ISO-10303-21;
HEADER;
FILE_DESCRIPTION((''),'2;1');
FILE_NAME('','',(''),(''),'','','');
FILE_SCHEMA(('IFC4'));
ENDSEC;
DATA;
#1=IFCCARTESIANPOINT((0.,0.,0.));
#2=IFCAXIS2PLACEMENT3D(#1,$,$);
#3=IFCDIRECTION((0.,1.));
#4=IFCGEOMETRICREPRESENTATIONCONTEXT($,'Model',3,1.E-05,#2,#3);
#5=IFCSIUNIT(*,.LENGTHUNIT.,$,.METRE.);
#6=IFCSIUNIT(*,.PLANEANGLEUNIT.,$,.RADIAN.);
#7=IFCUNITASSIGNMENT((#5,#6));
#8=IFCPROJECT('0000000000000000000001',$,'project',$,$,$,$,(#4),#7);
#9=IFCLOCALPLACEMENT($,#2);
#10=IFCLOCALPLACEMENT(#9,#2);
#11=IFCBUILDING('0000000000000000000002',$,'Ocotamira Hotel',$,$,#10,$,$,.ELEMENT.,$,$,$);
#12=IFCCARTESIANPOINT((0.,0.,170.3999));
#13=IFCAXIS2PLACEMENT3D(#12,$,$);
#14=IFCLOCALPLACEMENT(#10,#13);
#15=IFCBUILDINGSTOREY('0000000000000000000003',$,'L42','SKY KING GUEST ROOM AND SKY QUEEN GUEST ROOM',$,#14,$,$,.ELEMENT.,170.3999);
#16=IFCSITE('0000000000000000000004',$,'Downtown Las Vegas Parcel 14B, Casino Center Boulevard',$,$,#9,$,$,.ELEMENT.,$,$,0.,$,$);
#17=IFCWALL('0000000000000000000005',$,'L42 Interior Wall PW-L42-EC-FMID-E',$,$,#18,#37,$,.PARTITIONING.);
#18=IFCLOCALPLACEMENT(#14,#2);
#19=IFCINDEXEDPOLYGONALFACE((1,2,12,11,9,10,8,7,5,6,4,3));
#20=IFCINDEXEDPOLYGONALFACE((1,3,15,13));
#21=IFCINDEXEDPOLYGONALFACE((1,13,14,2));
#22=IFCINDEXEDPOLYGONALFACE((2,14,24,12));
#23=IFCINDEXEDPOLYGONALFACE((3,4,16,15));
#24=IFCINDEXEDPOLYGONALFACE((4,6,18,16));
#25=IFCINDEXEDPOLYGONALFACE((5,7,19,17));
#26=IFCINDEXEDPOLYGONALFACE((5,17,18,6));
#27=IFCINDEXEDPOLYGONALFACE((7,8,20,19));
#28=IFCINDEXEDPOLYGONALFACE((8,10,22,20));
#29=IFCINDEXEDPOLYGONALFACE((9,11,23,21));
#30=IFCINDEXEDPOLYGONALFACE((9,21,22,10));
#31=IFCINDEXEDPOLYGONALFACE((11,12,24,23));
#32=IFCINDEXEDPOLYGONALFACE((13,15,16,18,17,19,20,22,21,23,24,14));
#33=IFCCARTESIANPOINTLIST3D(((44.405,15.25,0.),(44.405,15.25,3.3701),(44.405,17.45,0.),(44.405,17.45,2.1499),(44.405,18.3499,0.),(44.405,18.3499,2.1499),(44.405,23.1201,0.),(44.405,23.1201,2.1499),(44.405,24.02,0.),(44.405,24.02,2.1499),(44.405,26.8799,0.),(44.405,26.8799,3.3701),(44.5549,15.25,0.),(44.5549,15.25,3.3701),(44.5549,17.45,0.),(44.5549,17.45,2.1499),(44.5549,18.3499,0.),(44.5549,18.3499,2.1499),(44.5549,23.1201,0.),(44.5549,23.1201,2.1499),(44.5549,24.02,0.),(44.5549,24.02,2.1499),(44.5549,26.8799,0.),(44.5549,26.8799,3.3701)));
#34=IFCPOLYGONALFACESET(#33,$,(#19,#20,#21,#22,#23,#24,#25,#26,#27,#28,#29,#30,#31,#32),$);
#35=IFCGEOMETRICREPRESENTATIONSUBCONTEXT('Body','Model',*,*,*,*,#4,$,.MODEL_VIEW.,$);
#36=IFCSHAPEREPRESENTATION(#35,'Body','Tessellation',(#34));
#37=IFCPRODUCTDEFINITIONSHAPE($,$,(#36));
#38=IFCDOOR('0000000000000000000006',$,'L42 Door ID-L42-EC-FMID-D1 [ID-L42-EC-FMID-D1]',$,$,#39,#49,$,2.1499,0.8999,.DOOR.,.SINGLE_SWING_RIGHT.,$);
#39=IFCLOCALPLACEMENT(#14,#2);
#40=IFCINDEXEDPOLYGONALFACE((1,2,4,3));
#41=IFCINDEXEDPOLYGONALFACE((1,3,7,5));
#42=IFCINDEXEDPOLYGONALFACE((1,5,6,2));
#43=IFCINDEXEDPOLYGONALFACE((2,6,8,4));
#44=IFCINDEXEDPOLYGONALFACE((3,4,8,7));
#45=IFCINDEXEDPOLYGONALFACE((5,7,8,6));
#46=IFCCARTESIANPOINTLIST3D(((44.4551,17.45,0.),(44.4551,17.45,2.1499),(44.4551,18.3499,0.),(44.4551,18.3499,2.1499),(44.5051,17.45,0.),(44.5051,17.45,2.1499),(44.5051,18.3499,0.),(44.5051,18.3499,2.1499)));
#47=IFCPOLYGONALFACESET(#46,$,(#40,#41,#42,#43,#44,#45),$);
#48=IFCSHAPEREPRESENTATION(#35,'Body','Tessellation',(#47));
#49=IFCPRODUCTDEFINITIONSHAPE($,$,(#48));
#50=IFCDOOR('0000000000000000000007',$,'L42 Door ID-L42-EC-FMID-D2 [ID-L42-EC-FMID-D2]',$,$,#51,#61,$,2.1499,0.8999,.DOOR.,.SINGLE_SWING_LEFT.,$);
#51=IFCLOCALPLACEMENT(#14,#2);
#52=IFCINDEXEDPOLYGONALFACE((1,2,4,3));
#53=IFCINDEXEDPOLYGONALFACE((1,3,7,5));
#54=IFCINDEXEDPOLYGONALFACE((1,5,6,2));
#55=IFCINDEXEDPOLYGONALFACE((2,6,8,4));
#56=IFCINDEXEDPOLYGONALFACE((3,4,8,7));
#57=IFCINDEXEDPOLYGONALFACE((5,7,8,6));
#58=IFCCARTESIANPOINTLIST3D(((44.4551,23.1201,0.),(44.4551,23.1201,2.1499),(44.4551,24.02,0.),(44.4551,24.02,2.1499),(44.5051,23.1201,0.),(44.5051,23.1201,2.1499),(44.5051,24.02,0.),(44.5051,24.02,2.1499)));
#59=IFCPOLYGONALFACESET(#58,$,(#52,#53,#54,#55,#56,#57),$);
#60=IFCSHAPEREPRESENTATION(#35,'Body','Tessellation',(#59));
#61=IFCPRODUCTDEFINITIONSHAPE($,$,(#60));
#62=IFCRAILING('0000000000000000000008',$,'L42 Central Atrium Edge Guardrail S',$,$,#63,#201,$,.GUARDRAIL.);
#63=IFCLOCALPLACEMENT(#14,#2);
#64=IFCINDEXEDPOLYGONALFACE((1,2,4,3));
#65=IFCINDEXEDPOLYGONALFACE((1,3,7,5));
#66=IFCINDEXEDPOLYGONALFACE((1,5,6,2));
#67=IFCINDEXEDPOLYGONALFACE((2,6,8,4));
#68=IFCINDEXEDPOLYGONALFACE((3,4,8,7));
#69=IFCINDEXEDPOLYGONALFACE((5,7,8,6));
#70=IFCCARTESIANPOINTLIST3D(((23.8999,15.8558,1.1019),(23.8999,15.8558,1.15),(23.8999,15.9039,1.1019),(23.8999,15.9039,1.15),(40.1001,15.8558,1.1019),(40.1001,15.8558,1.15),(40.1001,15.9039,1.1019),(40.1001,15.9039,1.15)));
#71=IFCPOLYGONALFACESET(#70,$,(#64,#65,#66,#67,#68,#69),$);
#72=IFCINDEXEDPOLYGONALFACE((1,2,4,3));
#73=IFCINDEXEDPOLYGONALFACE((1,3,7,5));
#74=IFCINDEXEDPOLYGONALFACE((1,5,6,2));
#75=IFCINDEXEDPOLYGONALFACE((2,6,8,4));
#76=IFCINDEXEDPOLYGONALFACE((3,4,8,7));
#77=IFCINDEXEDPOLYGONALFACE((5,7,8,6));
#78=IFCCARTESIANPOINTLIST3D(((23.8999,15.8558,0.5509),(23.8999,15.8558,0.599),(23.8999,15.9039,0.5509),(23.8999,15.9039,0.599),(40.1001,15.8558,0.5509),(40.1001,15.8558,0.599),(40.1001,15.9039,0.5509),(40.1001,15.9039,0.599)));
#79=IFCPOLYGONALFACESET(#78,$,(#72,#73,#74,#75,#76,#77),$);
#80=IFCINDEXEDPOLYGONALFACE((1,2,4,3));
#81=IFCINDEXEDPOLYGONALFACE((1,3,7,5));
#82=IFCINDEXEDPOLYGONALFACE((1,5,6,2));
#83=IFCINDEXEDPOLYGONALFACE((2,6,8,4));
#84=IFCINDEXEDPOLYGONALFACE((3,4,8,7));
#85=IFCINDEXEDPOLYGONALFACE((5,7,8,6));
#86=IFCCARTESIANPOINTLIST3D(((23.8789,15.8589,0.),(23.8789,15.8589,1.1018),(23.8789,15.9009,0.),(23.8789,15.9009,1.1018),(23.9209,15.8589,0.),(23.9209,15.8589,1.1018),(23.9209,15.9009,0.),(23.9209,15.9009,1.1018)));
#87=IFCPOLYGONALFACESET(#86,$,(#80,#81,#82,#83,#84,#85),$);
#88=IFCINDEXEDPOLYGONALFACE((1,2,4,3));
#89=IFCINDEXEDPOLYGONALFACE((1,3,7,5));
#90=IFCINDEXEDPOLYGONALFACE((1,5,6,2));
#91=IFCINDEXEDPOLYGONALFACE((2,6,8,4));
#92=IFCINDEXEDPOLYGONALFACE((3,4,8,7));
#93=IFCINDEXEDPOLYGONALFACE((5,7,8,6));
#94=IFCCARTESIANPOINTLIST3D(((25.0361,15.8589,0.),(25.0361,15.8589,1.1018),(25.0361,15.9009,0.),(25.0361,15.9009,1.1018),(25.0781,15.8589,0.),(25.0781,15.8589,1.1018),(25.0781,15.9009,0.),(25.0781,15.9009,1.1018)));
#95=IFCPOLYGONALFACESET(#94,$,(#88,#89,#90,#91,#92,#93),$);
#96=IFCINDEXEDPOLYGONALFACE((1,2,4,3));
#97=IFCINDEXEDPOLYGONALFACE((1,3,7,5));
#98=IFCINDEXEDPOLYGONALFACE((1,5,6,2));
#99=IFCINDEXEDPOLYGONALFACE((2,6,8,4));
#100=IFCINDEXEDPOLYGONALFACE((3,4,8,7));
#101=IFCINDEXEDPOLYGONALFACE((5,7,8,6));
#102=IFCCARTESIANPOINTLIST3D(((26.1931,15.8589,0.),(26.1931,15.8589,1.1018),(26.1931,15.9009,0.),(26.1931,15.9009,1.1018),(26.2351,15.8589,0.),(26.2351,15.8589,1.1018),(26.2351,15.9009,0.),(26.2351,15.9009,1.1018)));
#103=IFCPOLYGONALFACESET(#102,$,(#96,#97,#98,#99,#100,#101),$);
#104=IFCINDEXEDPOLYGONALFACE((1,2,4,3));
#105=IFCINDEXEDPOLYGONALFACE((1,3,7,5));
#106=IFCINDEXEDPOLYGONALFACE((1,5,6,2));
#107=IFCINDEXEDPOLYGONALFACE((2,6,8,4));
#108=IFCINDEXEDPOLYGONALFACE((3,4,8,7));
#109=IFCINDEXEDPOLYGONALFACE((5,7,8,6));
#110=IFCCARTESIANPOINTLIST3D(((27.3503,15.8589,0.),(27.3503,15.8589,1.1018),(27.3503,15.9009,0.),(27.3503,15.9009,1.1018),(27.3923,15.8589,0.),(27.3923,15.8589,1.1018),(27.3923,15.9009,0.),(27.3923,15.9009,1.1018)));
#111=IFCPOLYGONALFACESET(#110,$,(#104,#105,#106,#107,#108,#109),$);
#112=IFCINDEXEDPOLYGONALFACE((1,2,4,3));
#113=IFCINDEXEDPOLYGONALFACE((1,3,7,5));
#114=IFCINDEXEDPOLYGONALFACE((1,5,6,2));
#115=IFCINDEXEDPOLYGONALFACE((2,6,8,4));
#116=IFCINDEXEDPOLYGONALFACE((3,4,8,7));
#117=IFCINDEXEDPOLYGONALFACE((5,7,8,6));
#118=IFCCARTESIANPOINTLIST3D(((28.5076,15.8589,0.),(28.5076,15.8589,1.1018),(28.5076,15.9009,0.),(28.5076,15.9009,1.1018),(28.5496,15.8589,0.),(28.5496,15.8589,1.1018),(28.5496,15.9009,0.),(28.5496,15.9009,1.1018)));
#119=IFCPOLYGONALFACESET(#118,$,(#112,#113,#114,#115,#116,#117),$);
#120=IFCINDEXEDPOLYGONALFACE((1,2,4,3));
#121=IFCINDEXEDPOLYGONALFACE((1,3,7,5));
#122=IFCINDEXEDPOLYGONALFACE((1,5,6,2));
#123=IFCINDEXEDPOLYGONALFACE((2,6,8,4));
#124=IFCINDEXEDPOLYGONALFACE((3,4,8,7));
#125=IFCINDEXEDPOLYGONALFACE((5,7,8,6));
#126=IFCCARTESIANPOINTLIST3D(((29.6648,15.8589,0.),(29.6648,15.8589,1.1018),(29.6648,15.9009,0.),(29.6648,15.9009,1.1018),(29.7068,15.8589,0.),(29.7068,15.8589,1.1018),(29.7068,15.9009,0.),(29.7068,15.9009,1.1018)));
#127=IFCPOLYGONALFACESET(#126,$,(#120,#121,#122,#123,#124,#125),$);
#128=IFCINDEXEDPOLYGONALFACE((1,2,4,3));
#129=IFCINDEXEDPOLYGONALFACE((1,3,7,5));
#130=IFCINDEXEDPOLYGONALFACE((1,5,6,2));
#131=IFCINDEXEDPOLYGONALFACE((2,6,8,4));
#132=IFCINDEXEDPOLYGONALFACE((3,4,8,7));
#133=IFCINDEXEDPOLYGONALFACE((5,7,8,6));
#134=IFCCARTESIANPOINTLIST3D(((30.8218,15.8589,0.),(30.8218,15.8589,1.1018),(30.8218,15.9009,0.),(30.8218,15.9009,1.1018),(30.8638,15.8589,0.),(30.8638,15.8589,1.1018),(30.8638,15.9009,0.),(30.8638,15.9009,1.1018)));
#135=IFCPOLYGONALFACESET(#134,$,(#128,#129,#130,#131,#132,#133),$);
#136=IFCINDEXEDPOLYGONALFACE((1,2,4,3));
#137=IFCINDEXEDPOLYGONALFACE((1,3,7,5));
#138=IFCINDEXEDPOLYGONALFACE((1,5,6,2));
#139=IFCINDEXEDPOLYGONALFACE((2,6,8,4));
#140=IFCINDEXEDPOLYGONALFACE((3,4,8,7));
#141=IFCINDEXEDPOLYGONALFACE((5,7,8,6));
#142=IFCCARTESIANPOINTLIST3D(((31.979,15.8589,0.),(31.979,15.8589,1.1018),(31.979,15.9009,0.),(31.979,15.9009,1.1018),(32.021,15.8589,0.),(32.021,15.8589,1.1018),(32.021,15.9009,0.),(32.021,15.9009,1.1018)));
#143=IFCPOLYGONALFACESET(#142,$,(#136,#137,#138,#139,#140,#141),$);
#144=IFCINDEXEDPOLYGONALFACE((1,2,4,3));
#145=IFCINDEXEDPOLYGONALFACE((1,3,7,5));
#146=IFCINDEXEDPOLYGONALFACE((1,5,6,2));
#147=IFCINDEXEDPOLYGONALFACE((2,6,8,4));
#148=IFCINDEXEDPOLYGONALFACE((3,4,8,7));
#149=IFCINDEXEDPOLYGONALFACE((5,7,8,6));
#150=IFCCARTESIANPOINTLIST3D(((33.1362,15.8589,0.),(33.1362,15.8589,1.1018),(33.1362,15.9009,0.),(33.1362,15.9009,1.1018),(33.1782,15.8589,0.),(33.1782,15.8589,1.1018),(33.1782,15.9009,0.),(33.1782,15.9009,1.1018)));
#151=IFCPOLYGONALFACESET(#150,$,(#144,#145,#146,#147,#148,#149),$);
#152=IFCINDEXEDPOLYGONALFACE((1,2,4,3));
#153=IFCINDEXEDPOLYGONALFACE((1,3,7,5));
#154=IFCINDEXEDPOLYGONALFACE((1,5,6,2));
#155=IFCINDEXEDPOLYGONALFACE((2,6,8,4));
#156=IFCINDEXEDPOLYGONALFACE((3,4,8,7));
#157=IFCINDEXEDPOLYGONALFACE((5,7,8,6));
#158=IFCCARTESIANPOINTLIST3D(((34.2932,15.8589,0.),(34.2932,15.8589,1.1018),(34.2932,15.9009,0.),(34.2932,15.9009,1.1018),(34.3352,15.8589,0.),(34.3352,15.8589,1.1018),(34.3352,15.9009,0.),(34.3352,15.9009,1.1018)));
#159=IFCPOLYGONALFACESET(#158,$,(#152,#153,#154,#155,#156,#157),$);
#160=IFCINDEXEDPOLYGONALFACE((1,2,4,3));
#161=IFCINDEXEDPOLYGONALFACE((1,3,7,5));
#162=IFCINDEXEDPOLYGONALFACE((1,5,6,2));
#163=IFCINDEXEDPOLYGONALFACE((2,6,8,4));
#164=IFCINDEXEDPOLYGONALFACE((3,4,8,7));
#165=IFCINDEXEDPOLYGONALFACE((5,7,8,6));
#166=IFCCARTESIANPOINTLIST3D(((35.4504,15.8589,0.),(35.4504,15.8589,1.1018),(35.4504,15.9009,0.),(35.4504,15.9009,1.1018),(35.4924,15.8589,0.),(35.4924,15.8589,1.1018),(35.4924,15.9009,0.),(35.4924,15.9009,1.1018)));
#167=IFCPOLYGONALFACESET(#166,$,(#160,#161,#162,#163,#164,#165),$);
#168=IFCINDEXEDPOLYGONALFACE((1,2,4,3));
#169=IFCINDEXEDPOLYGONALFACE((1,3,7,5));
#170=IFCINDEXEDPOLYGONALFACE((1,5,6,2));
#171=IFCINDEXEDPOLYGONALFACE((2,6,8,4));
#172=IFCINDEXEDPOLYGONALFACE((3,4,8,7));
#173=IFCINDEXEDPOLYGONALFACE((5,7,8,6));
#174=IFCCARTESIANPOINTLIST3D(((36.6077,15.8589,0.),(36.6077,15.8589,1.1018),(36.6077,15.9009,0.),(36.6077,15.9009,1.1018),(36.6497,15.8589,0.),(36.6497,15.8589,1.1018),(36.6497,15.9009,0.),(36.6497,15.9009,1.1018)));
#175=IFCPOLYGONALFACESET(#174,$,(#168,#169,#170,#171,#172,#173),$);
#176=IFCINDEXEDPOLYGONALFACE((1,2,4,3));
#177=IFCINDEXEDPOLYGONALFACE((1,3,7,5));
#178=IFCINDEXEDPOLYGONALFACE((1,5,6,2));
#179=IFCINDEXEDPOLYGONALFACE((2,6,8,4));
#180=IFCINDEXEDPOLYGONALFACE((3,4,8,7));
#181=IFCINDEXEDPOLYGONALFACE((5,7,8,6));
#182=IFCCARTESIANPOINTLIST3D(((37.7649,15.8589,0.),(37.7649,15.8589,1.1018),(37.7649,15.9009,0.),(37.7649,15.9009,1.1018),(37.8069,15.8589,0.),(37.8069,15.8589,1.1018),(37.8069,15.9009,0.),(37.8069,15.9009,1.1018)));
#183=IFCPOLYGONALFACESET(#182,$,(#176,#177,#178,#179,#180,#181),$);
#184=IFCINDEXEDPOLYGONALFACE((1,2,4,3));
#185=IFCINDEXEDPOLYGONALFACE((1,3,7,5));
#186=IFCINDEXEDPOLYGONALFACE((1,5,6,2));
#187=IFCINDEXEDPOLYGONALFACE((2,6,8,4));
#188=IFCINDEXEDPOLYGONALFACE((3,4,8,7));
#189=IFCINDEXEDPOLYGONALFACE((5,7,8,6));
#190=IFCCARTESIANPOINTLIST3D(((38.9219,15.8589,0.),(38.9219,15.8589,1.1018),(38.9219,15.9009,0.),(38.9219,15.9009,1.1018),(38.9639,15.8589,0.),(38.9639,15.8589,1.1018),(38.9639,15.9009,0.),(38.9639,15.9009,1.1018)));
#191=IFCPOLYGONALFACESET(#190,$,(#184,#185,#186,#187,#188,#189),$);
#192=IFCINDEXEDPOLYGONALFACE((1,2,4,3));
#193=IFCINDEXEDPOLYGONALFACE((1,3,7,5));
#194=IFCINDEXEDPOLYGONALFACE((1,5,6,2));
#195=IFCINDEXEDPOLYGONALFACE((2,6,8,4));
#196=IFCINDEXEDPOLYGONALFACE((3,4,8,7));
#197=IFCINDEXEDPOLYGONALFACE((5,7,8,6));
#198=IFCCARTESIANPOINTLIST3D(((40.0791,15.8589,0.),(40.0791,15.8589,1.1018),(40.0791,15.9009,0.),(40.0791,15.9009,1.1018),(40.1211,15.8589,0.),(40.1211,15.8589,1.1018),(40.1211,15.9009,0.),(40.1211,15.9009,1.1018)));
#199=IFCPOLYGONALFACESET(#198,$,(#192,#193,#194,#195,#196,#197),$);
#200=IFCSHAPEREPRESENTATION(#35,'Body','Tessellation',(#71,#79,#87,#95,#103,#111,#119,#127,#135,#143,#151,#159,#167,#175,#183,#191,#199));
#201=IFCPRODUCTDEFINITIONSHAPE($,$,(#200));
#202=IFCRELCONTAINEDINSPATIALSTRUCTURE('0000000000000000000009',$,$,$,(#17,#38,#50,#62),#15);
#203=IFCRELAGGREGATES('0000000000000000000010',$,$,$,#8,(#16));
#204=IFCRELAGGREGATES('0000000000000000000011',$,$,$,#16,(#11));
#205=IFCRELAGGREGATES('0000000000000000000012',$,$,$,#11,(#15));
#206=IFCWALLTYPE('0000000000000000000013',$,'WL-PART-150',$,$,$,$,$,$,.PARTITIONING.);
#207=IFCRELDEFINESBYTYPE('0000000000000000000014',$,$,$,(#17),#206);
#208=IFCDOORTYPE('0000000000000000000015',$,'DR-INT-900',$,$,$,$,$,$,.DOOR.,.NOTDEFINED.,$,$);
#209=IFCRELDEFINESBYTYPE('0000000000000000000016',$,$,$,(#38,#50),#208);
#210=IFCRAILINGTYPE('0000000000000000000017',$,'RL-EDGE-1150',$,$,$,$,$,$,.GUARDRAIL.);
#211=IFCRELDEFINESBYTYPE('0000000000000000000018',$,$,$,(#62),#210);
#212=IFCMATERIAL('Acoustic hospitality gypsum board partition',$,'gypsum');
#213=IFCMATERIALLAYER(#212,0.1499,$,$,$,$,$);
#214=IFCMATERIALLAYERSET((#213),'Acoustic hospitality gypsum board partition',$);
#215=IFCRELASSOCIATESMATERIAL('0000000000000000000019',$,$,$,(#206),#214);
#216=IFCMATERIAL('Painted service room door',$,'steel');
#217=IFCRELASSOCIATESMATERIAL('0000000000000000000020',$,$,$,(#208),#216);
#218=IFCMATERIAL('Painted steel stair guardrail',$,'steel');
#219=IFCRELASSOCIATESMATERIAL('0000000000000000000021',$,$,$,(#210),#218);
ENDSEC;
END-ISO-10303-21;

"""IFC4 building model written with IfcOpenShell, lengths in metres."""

from ifc_helpers import new_model, si_unit, direction, frame, frame_2d, origin, origin_2d, place, context, subcontext, project, spatial, rectangle, extrude, source, transform, mapped, material, layer, layer_set, type_object, element, fill, save


model = new_model("IFC4")

# Units and contexts
model_context = context("Model", 3, precision=1e-05, world=origin(), true_north=direction((0.0, 1.0)))
body_context = subcontext(model_context, "Body", "Model", "MODEL_VIEW")
ifc_project = project(units=[si_unit("LENGTHUNIT", "METRE"), si_unit("PLANEANGLEUNIT", "RADIAN")], contexts=[model_context])

# Site, building, storey
site_placement = place(None, origin())
site = spatial("IfcSite", under=ifc_project, at=site_placement, Name="Downtown Las Vegas Parcel 14B, Casino Center Boulevard", CompositionType="ELEMENT", RefElevation=0.0)
building_placement = place(site_placement, origin())
building = spatial("IfcBuilding", under=site, at=building_placement, Name="Ocotamira Hotel", CompositionType="ELEMENT")
storey_placement = place(building_placement, frame((0.0, 0.0, 170.3999)))
storey = spatial("IfcBuildingStorey", under=building, at=storey_placement, Name="L42", Description="SKY KING GUEST ROOM AND SKY QUEEN GUEST ROOM", CompositionType="ELEMENT", Elevation=170.3999)

# Shared definitions
ifc_material_1 = material(Name="Acoustic hospitality gypsum board partition", Category="gypsum")
ifc_layer_1 = layer(ifc_material_1, 0.1499)
ifc_layer_set_1 = layer_set([ifc_layer_1], Name="Acoustic hospitality gypsum board partition")
wall_type = type_object("IfcWallType", Name="WL-PART-150", PredefinedType="PARTITIONING", material=ifc_layer_set_1)

# Wall, openings, doors
wall_placement = place(storey_placement, frame((44.48, 15.25, 0.0), z_axis=(0.0, 0.0, 1.0), x_axis=(0.0, 1.0, 0.0)))
wall = element("IfcWall", 1, at=wall_placement, inside=storey, type_object=wall_type, Name="L42 Interior Wall PW-L42-EC-FMID-E", PredefinedType="PARTITIONING", context=body_context, shape_type="SweptSolid", body=[
    extrude(rectangle(XDim=11.6299, YDim=0.1499, at=frame_2d((5.8149, 0.0))), origin(), (0.0, 0.0, 1.0), 3.3701),
])
opening_1_placement = place(wall_placement, frame((2.2, 0.0, 0.0)))
opening_1 = element("IfcOpeningElement", 2, at=opening_1_placement, cuts=wall, PredefinedType="OPENING", context=body_context, shape_type="SweptSolid", body=[
    extrude(rectangle(XDim=0.8999, YDim=2.1499, at=frame_2d((0.45, 1.075))), frame((0.0, 0.085, 0.0), z_axis=(0.0, -1.0, 0.0), x_axis=(1.0, 0.0, 0.0)), (0.0, 0.0, 1.0), 0.1699),
])
opening_2_placement = place(wall_placement, frame((7.8701, 0.0, 0.0)))
opening_2 = element("IfcOpeningElement", 3, at=opening_2_placement, cuts=wall, PredefinedType="OPENING", context=body_context, shape_type="SweptSolid", body=[
    extrude(rectangle(XDim=0.8999, YDim=2.1499, at=frame_2d((0.45, 1.075))), frame((0.0, 0.085, 0.0), z_axis=(0.0, -1.0, 0.0), x_axis=(1.0, 0.0, 0.0)), (0.0, 0.0, 1.0), 0.1699),
])
ifc_material_2 = material(Name="Painted service room door", Category="steel")
door_type = type_object("IfcDoorType", Name="DR-INT-900", OperationType="NOTDEFINED", PredefinedType="DOOR", material=ifc_material_2)
shared_shape_1 = source(origin(), body_context, "Body", "SweptSolid", [
    extrude(rectangle(XDim=0.8999, YDim=2.1499, at=frame_2d((0.45, 1.075))), frame((0.0, 0.0249, 0.0), z_axis=(0.0, -1.0, 0.0), x_axis=(1.0, 0.0, 0.0)), (0.0, 0.0, 1.0), 0.05),
])
door_1_placement = place(opening_1_placement, origin())
door_1 = element("IfcDoor", 4, at=door_1_placement, inside=storey, type_object=door_type, Name="L42 Door ID-L42-EC-FMID-D1 [ID-L42-EC-FMID-D1]", OperationType="SINGLE_SWING_RIGHT", OverallHeight=2.1499, OverallWidth=0.8999, PredefinedType="DOOR", context=body_context, shape_type="MappedRepresentation", body=[
    mapped(shared_shape_1, transform((0.0, 0.0, 0.0), scale=1.0)),
])
fill(opening_1, door_1)
door_2_placement = place(opening_2_placement, origin())
door_2 = element("IfcDoor", 5, at=door_2_placement, inside=storey, type_object=door_type, Name="L42 Door ID-L42-EC-FMID-D2 [ID-L42-EC-FMID-D2]", OperationType="SINGLE_SWING_LEFT", OverallHeight=2.1499, OverallWidth=0.8999, PredefinedType="DOOR", context=body_context, shape_type="MappedRepresentation", body=[
    mapped(shared_shape_1, transform((0.0, 0.0, 0.0), scale=1.0)),
])
fill(opening_2, door_2)

# Railing
ifc_material_3 = material(Name="Painted steel stair guardrail", Category="steel")
railing_type = type_object("IfcRailingType", Name="RL-EDGE-1150", PredefinedType="GUARDRAIL", material=ifc_material_3)
railing_1_placement = place(storey_placement, frame((23.8999, 15.8799, 0.0)))
element("IfcRailing", 6, at=railing_1_placement, inside=storey, type_object=railing_type, Name="L42 Central Atrium Edge Guardrail S", PredefinedType="GUARDRAIL", context=body_context, shape_type="SweptSolid", body=[
    extrude(rectangle(XDim=0.0481, YDim=0.0481, at=origin_2d()), frame((0.0, 0.0, 1.126), z_axis=(1.0, 0.0, 0.0), x_axis=(0.0, 1.0, 0.0)), (0.0, 0.0, 1.0), 16.2002),
    extrude(rectangle(XDim=0.0481, YDim=0.0481, at=origin_2d()), frame((0.0, 0.0, 0.575), z_axis=(1.0, 0.0, 0.0), x_axis=(0.0, 1.0, 0.0)), (0.0, 0.0, 1.0), 16.2002),
    extrude(rectangle(XDim=0.042, YDim=0.042, at=origin_2d()), origin(), (0.0, 0.0, 1.0), 1.1018),
    extrude(rectangle(XDim=0.042, YDim=0.042, at=origin_2d()), frame((1.1572, 0.0, 0.0)), (0.0, 0.0, 1.0), 1.1018),
    extrude(rectangle(XDim=0.042, YDim=0.042, at=origin_2d()), frame((2.3142, 0.0, 0.0)), (0.0, 0.0, 1.0), 1.1018),
    extrude(rectangle(XDim=0.042, YDim=0.042, at=origin_2d()), frame((3.4714, 0.0, 0.0)), (0.0, 0.0, 1.0), 1.1018),
    extrude(rectangle(XDim=0.042, YDim=0.042, at=origin_2d()), frame((4.6287, 0.0, 0.0)), (0.0, 0.0, 1.0), 1.1018),
    extrude(rectangle(XDim=0.042, YDim=0.042, at=origin_2d()), frame((5.7859, 0.0, 0.0)), (0.0, 0.0, 1.0), 1.1018),
    extrude(rectangle(XDim=0.042, YDim=0.042, at=origin_2d()), frame((6.9429, 0.0, 0.0)), (0.0, 0.0, 1.0), 1.1018),
    extrude(rectangle(XDim=0.042, YDim=0.042, at=origin_2d()), frame((8.1001, 0.0, 0.0)), (0.0, 0.0, 1.0), 1.1018),
    extrude(rectangle(XDim=0.042, YDim=0.042, at=origin_2d()), frame((9.2573, 0.0, 0.0)), (0.0, 0.0, 1.0), 1.1018),
    extrude(rectangle(XDim=0.042, YDim=0.042, at=origin_2d()), frame((10.4143, 0.0, 0.0)), (0.0, 0.0, 1.0), 1.1018),
    extrude(rectangle(XDim=0.042, YDim=0.042, at=origin_2d()), frame((11.5715, 0.0, 0.0)), (0.0, 0.0, 1.0), 1.1018),
    extrude(rectangle(XDim=0.042, YDim=0.042, at=origin_2d()), frame((12.7288, 0.0, 0.0)), (0.0, 0.0, 1.0), 1.1018),
    extrude(rectangle(XDim=0.042, YDim=0.042, at=origin_2d()), frame((13.886, 0.0, 0.0)), (0.0, 0.0, 1.0), 1.1018),
    extrude(rectangle(XDim=0.042, YDim=0.042, at=origin_2d()), frame((15.043, 0.0, 0.0)), (0.0, 0.0, 1.0), 1.1018),
    extrude(rectangle(XDim=0.042, YDim=0.042, at=origin_2d()), frame((16.2002, 0.0, 0.0)), (0.0, 0.0, 1.0), 1.1018),
])

save(model, "model.ifc")
